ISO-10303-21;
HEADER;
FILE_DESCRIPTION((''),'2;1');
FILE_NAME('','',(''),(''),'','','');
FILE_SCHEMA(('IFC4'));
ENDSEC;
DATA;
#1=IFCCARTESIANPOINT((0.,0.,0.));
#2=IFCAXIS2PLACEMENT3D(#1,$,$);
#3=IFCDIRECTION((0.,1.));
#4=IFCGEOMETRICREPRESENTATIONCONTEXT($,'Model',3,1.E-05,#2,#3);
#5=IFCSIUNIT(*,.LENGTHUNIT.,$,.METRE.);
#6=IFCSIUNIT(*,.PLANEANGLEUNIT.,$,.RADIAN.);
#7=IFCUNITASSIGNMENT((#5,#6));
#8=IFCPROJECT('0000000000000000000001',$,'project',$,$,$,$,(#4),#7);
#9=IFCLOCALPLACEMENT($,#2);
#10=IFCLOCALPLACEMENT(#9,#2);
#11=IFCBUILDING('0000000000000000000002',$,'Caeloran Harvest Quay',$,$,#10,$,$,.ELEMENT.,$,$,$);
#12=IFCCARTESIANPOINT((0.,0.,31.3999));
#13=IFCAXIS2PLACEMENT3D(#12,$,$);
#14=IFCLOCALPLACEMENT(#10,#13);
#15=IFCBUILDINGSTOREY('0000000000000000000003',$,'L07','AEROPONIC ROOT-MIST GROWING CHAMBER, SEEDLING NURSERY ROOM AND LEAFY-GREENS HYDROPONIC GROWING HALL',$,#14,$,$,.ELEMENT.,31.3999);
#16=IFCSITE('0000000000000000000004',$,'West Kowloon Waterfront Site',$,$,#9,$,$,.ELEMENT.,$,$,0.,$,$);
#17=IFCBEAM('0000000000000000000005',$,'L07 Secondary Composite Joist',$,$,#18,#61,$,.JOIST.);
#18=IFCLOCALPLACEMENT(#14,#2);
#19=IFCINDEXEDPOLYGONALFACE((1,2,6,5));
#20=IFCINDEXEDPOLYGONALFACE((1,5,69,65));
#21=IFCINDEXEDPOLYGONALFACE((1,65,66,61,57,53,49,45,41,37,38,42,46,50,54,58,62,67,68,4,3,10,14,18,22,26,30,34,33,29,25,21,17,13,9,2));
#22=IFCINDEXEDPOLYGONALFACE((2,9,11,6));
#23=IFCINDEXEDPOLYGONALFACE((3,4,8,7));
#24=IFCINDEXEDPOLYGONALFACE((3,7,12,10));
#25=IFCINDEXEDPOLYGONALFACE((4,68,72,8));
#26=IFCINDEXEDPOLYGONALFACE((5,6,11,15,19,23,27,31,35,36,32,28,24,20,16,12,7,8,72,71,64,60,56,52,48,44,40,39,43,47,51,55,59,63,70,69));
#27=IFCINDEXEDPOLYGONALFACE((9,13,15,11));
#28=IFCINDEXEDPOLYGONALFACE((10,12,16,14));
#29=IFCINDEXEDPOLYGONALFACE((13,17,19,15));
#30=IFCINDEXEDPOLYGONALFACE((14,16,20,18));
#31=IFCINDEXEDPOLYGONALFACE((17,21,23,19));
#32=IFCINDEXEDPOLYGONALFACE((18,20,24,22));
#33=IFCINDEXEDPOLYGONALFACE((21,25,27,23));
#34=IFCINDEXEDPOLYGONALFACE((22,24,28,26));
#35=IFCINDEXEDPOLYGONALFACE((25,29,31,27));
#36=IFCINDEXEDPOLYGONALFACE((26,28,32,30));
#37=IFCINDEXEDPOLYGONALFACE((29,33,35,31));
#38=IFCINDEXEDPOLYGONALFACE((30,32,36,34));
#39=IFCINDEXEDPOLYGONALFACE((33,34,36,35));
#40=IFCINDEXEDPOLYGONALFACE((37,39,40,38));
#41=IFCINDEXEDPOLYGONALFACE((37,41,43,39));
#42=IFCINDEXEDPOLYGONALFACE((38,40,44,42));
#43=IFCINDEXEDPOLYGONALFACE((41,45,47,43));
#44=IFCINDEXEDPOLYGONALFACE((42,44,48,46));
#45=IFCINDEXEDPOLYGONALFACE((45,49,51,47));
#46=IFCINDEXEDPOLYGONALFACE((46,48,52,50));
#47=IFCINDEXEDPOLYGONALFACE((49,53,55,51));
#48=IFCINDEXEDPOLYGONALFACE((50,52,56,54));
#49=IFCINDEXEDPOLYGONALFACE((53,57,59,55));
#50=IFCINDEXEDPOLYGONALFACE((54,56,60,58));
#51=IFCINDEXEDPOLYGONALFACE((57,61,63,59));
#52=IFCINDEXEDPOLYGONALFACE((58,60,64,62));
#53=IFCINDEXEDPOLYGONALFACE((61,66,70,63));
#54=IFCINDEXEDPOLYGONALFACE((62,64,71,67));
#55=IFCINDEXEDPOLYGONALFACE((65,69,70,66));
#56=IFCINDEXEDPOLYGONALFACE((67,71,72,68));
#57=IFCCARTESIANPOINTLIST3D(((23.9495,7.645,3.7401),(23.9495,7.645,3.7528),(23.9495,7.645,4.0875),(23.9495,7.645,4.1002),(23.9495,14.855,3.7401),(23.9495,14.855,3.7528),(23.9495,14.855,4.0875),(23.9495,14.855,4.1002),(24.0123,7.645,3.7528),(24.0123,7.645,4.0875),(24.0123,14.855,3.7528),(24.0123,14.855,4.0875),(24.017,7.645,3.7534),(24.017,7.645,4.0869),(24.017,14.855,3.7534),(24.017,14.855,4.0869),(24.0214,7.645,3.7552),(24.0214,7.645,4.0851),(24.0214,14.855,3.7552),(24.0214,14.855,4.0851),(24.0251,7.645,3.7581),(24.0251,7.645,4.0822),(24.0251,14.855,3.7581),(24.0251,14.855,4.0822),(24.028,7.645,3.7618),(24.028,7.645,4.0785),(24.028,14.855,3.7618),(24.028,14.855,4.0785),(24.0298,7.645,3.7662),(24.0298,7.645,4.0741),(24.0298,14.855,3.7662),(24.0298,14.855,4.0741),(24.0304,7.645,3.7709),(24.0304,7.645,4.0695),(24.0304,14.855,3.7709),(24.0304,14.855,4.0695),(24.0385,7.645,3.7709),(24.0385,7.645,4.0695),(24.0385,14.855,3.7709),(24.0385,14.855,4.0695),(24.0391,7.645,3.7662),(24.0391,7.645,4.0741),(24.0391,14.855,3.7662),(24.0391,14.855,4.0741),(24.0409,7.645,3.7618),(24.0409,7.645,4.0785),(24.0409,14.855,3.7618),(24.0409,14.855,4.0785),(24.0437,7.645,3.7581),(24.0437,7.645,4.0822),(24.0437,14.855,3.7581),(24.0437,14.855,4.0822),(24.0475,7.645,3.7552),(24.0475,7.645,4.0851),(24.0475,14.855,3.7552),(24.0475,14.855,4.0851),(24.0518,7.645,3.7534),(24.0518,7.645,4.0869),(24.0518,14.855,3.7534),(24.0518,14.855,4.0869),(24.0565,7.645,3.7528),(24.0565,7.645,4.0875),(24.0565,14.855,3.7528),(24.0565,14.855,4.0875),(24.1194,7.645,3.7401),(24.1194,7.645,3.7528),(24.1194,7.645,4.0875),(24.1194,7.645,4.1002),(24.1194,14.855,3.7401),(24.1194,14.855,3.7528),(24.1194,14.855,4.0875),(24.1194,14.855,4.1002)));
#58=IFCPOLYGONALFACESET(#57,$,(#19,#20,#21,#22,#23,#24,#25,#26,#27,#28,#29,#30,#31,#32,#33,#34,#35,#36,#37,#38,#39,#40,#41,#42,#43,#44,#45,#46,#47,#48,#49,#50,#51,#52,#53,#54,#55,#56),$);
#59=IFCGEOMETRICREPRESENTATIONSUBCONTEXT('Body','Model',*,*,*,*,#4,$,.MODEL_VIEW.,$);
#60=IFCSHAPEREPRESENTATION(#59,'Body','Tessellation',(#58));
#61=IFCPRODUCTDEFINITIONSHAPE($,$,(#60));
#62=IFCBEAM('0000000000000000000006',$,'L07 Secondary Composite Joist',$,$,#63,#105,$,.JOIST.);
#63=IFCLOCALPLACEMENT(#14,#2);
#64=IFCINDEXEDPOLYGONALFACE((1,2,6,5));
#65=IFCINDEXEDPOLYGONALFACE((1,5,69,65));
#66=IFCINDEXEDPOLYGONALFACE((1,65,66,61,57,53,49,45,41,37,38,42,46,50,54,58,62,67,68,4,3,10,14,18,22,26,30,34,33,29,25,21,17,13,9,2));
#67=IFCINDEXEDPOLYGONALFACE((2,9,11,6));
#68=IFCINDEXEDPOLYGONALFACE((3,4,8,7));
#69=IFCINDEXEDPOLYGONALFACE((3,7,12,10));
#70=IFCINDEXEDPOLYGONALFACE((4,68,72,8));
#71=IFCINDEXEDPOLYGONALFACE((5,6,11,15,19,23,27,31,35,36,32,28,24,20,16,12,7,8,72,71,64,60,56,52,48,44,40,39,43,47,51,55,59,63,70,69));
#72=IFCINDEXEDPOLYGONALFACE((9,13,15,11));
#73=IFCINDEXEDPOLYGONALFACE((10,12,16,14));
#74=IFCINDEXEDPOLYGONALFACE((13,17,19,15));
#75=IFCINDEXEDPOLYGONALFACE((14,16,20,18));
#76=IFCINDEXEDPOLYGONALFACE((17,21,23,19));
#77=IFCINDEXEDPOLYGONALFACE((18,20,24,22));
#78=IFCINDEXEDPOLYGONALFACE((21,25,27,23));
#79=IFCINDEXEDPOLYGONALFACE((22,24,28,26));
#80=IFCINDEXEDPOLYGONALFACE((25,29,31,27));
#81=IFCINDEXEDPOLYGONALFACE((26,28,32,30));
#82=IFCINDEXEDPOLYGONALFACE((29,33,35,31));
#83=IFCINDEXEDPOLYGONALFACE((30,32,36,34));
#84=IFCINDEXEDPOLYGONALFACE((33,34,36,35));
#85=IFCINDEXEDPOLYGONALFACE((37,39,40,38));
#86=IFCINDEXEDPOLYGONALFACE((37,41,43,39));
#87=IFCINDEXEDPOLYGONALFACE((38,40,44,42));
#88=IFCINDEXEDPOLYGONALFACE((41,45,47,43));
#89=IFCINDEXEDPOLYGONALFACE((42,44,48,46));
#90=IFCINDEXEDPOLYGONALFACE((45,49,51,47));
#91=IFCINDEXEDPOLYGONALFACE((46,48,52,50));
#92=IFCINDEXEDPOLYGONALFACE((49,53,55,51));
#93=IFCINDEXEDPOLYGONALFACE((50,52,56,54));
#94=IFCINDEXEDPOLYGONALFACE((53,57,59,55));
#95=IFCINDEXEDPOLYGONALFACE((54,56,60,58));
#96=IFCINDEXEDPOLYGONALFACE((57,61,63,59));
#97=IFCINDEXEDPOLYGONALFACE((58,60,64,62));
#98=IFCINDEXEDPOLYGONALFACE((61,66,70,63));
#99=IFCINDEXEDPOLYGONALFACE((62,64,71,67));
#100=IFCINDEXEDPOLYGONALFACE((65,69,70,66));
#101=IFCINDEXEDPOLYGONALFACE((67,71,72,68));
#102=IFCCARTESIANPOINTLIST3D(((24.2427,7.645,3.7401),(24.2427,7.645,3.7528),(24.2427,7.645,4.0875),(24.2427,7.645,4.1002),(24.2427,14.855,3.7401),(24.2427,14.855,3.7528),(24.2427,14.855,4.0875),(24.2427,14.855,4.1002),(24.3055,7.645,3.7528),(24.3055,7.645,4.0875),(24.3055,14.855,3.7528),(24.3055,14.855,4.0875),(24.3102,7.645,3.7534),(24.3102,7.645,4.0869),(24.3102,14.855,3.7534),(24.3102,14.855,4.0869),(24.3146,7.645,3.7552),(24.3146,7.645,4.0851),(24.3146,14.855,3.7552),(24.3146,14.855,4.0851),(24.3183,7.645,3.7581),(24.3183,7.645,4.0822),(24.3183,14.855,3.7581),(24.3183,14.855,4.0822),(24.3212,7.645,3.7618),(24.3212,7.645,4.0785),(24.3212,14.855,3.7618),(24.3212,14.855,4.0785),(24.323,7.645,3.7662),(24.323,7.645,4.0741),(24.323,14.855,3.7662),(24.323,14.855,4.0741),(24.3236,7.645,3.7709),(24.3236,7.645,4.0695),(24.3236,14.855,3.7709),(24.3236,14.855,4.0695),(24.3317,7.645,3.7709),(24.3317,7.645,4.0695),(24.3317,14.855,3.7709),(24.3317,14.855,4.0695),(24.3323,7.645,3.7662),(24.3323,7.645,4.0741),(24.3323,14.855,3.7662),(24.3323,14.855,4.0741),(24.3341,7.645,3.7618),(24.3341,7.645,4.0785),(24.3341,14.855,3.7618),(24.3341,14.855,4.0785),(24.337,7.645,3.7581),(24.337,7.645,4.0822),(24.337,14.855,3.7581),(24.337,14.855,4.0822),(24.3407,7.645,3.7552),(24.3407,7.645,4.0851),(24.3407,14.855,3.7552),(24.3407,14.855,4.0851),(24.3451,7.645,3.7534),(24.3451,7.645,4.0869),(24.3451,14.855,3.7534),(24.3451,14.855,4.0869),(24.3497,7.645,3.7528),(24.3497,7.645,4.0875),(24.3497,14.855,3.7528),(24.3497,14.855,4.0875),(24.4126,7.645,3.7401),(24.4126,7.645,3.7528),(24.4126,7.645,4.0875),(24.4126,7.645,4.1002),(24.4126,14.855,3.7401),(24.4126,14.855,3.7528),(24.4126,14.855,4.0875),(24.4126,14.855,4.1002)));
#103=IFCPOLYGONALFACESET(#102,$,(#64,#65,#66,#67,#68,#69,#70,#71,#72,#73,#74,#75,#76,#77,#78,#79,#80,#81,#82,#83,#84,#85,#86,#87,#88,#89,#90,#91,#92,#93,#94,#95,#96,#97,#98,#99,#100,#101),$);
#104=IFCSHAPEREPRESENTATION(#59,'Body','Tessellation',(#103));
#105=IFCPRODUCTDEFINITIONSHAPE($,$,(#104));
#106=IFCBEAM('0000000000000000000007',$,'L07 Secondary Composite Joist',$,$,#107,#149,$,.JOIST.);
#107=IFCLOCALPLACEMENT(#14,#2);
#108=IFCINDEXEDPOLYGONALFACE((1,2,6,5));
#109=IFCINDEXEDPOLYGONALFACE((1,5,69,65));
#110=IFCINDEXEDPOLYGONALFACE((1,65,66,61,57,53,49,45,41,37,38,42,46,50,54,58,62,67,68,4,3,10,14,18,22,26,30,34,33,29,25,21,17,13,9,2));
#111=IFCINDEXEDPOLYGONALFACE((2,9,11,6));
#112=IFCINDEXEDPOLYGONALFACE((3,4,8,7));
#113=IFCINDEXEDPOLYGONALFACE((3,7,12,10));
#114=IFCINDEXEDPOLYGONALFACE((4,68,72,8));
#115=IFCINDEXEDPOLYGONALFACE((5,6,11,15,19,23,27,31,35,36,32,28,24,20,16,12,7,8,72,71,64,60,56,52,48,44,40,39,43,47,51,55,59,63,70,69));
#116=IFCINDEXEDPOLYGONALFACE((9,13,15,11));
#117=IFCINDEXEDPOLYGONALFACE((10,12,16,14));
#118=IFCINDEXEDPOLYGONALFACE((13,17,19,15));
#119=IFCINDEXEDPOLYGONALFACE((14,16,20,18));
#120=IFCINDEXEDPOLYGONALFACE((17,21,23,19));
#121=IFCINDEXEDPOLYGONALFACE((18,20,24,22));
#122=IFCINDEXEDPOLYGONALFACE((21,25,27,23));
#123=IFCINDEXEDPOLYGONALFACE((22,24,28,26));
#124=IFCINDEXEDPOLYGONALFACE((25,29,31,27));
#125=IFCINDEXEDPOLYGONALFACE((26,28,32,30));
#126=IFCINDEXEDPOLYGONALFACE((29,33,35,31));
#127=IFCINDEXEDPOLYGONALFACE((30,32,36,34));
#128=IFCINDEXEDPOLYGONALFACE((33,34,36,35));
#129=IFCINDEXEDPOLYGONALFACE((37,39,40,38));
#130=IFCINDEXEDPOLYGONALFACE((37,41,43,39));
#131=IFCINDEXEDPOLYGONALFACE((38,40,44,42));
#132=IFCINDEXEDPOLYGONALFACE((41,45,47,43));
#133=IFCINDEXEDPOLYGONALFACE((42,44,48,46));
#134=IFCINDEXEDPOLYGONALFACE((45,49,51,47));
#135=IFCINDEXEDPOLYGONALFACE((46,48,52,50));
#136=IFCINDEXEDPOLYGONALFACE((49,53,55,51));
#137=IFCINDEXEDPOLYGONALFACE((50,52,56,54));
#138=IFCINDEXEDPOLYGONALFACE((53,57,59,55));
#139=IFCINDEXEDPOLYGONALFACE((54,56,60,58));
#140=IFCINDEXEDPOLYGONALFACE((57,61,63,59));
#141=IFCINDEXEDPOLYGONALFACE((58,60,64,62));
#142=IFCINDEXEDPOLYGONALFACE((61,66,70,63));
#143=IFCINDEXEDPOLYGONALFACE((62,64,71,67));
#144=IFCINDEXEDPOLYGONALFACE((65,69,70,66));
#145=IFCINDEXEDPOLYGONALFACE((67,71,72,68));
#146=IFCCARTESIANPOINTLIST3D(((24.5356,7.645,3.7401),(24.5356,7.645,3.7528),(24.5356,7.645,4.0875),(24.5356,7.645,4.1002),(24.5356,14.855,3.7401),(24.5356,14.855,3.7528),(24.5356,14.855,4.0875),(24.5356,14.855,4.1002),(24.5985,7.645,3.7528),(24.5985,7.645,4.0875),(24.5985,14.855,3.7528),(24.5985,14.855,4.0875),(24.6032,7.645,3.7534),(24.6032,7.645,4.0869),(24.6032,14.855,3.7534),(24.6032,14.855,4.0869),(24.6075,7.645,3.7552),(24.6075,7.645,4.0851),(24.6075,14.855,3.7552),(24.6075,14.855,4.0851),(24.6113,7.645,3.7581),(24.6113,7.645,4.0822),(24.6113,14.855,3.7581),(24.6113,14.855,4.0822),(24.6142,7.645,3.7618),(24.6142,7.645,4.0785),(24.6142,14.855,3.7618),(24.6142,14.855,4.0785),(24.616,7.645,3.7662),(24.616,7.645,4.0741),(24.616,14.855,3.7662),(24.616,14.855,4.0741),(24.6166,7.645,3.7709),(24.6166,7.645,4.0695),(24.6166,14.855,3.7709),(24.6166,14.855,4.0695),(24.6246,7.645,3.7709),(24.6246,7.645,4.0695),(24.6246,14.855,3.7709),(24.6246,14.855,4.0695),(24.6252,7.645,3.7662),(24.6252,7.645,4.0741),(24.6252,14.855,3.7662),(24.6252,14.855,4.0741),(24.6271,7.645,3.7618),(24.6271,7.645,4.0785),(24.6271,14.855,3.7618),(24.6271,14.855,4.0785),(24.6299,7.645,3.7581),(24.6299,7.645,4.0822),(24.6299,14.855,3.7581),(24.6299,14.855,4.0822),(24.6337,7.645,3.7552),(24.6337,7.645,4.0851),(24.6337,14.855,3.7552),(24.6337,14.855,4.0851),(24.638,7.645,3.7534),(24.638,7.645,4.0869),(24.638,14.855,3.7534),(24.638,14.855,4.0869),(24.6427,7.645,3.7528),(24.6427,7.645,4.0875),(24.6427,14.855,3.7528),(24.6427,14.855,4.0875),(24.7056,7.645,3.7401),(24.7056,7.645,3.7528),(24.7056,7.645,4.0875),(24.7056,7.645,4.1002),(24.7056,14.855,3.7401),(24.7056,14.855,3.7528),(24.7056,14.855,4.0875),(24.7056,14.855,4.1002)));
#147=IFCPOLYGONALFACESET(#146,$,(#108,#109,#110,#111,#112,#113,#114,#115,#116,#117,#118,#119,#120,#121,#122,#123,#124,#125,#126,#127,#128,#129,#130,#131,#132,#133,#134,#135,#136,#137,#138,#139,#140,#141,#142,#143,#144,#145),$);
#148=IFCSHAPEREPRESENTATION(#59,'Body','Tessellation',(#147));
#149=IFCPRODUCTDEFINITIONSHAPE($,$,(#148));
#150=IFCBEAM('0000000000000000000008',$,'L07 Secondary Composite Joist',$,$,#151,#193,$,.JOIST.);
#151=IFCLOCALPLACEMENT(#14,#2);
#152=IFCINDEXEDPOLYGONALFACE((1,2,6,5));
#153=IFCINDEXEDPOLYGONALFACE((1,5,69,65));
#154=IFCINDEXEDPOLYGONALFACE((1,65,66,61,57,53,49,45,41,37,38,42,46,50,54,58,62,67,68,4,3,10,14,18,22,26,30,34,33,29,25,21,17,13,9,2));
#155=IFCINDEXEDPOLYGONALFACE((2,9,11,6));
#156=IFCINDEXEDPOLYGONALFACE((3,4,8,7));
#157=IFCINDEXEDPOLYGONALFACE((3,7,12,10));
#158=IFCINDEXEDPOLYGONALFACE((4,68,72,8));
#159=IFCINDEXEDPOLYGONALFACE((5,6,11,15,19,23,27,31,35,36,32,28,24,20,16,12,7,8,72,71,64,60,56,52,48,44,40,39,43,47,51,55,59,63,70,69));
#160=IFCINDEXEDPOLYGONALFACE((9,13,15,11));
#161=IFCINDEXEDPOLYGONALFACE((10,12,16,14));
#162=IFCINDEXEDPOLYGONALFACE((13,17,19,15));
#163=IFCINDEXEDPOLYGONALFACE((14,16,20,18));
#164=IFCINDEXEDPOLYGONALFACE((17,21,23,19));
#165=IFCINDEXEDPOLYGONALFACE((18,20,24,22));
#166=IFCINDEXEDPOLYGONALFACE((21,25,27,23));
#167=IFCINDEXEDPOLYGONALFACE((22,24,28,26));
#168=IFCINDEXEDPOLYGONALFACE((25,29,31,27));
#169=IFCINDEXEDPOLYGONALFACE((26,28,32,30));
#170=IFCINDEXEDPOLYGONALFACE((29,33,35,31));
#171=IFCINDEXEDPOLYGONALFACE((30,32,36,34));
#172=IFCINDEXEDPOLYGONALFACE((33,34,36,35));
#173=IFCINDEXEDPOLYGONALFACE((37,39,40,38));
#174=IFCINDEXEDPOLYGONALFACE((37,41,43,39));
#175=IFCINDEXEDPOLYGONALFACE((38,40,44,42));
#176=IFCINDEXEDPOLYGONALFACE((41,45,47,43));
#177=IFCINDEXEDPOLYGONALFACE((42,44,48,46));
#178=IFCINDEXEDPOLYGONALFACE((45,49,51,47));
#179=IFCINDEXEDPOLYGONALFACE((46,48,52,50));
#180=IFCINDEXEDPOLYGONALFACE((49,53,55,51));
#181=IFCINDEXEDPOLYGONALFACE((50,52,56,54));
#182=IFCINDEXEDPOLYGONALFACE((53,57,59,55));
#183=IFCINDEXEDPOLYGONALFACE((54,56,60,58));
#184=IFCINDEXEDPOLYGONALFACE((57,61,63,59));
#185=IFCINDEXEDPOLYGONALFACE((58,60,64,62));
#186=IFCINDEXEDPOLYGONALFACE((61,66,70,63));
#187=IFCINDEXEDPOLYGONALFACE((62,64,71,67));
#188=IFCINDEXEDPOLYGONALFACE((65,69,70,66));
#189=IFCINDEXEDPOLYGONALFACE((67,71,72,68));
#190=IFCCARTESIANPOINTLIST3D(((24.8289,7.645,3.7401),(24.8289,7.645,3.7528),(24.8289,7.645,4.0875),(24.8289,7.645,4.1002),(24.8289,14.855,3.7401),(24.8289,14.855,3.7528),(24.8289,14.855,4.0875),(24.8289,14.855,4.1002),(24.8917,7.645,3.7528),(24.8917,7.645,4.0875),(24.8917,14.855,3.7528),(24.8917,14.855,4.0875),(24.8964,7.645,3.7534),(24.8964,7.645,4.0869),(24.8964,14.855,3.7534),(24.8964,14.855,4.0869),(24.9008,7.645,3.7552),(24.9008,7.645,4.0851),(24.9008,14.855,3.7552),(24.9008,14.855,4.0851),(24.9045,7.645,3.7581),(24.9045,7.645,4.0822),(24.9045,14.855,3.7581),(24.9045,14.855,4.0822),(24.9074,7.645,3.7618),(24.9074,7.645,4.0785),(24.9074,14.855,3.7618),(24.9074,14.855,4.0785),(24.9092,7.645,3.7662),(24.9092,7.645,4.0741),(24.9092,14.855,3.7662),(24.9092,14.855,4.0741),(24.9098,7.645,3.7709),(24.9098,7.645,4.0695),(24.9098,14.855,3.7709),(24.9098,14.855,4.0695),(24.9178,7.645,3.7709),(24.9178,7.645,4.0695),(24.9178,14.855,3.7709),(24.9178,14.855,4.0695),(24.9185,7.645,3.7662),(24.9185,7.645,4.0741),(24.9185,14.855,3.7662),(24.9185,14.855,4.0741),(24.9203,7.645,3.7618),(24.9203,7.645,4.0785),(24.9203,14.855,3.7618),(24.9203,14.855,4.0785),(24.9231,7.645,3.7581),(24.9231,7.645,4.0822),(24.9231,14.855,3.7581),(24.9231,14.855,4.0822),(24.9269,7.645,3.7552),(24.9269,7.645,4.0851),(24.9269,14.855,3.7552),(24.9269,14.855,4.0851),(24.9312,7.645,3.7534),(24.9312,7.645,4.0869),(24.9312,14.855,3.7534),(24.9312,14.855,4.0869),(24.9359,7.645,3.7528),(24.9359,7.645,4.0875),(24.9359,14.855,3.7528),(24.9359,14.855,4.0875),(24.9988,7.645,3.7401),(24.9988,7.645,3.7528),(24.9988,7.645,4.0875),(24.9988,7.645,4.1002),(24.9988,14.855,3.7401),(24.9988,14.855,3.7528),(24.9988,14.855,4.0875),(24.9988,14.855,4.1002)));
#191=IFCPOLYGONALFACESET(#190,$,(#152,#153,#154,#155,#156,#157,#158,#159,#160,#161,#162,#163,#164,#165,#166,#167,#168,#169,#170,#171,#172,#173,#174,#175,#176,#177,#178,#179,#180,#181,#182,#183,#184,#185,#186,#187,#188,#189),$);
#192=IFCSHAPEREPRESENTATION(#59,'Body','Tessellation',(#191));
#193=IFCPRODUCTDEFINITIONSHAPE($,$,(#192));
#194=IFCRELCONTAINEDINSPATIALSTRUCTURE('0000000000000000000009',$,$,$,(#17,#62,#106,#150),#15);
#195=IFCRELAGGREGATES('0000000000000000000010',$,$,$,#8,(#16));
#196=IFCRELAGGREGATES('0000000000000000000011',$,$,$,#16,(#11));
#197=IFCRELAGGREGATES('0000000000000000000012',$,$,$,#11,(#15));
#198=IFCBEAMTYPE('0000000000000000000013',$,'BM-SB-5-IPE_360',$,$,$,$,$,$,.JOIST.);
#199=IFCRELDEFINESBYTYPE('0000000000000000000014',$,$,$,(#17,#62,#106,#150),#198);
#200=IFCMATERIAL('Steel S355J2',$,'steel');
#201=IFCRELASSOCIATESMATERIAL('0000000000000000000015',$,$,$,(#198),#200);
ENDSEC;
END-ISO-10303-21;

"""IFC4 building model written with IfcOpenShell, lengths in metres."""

from ifc_helpers import new_model, si_unit, direction, frame, origin, origin_2d, place, context, subcontext, project, spatial, i_section, extrude, material, material_profile, profile_set, type_object, element, save


model = new_model("IFC4")

# Units and contexts
model_context = context("Model", 3, precision=1e-05, world=origin(), true_north=direction((0.0, 1.0)))
body_context = subcontext(model_context, "Body", "Model", "MODEL_VIEW")
ifc_project = project(units=[si_unit("LENGTHUNIT", "METRE"), si_unit("PLANEANGLEUNIT", "RADIAN")], contexts=[model_context])

# Site, building, storey
site_placement = place(None, origin())
site = spatial("IfcSite", under=ifc_project, at=site_placement, Name="West Kowloon Waterfront Site", CompositionType="ELEMENT", RefElevation=0.0)
building_placement = place(site_placement, origin())
building = spatial("IfcBuilding", under=site, at=building_placement, Name="Caeloran Harvest Quay", CompositionType="ELEMENT")
storey_placement = place(building_placement, frame((0.0, 0.0, 31.3999)))
storey = spatial("IfcBuildingStorey", under=building, at=storey_placement, Name="L07", Description="AEROPONIC ROOT-MIST GROWING CHAMBER, SEEDLING NURSERY ROOM AND LEAFY-GREENS HYDROPONIC GROWING HALL", CompositionType="ELEMENT", Elevation=31.3999)

# Beams
ifc_material_1 = material(Name="Steel S355J2", Category="steel")
ifc_material_profile_1 = material_profile(ifc_material_1, i_section(OverallWidth=0.1699, OverallDepth=0.3601, WebThickness=0.0081, FlangeThickness=0.0127, FilletRadius=0.0181, at=origin_2d()), Name="IPE 360")
ifc_profile_set_1 = profile_set([ifc_material_profile_1], Name="Steel S355J2")
beam_type_1 = type_object("IfcBeamType", Name="BM-SB-5-IPE_360", PredefinedType="JOIST", material=ifc_profile_set_1)
for number, where, z_axis, x_axis, name in (
    (1, (24.0344, 7.645, 3.9202), (0.0, 1.0, 0.0), (-1.0, 0.0, 0.0), "L07 Secondary Composite Joist"),
    (2, (24.3276, 7.645, 3.9202), (0.0, 1.0, 0.0), (-1.0, 0.0, 0.0), "L07 Secondary Composite Joist"),
    (3, (24.6206, 7.645, 3.9202), (0.0, 1.0, 0.0), (-1.0, 0.0, 0.0), "L07 Secondary Composite Joist"),
    (4, (24.9138, 7.645, 3.9202), (0.0, 1.0, 0.0), (-1.0, 0.0, 0.0), "L07 Secondary Composite Joist"),
):
    element("IfcBeam", number, at=place(storey_placement, frame(where, z_axis=z_axis, x_axis=x_axis)), inside=storey, type_object=beam_type_1, Name=name, PredefinedType="JOIST", context=body_context, shape_type="SweptSolid", body=[
        extrude(i_section(OverallWidth=0.1699, OverallDepth=0.3601, WebThickness=0.0081, FlangeThickness=0.0127, FilletRadius=0.0181, at=origin_2d()), origin(), (0.0, 0.0, 1.0), 7.21),
    ])

save(model, "model.ifc")
